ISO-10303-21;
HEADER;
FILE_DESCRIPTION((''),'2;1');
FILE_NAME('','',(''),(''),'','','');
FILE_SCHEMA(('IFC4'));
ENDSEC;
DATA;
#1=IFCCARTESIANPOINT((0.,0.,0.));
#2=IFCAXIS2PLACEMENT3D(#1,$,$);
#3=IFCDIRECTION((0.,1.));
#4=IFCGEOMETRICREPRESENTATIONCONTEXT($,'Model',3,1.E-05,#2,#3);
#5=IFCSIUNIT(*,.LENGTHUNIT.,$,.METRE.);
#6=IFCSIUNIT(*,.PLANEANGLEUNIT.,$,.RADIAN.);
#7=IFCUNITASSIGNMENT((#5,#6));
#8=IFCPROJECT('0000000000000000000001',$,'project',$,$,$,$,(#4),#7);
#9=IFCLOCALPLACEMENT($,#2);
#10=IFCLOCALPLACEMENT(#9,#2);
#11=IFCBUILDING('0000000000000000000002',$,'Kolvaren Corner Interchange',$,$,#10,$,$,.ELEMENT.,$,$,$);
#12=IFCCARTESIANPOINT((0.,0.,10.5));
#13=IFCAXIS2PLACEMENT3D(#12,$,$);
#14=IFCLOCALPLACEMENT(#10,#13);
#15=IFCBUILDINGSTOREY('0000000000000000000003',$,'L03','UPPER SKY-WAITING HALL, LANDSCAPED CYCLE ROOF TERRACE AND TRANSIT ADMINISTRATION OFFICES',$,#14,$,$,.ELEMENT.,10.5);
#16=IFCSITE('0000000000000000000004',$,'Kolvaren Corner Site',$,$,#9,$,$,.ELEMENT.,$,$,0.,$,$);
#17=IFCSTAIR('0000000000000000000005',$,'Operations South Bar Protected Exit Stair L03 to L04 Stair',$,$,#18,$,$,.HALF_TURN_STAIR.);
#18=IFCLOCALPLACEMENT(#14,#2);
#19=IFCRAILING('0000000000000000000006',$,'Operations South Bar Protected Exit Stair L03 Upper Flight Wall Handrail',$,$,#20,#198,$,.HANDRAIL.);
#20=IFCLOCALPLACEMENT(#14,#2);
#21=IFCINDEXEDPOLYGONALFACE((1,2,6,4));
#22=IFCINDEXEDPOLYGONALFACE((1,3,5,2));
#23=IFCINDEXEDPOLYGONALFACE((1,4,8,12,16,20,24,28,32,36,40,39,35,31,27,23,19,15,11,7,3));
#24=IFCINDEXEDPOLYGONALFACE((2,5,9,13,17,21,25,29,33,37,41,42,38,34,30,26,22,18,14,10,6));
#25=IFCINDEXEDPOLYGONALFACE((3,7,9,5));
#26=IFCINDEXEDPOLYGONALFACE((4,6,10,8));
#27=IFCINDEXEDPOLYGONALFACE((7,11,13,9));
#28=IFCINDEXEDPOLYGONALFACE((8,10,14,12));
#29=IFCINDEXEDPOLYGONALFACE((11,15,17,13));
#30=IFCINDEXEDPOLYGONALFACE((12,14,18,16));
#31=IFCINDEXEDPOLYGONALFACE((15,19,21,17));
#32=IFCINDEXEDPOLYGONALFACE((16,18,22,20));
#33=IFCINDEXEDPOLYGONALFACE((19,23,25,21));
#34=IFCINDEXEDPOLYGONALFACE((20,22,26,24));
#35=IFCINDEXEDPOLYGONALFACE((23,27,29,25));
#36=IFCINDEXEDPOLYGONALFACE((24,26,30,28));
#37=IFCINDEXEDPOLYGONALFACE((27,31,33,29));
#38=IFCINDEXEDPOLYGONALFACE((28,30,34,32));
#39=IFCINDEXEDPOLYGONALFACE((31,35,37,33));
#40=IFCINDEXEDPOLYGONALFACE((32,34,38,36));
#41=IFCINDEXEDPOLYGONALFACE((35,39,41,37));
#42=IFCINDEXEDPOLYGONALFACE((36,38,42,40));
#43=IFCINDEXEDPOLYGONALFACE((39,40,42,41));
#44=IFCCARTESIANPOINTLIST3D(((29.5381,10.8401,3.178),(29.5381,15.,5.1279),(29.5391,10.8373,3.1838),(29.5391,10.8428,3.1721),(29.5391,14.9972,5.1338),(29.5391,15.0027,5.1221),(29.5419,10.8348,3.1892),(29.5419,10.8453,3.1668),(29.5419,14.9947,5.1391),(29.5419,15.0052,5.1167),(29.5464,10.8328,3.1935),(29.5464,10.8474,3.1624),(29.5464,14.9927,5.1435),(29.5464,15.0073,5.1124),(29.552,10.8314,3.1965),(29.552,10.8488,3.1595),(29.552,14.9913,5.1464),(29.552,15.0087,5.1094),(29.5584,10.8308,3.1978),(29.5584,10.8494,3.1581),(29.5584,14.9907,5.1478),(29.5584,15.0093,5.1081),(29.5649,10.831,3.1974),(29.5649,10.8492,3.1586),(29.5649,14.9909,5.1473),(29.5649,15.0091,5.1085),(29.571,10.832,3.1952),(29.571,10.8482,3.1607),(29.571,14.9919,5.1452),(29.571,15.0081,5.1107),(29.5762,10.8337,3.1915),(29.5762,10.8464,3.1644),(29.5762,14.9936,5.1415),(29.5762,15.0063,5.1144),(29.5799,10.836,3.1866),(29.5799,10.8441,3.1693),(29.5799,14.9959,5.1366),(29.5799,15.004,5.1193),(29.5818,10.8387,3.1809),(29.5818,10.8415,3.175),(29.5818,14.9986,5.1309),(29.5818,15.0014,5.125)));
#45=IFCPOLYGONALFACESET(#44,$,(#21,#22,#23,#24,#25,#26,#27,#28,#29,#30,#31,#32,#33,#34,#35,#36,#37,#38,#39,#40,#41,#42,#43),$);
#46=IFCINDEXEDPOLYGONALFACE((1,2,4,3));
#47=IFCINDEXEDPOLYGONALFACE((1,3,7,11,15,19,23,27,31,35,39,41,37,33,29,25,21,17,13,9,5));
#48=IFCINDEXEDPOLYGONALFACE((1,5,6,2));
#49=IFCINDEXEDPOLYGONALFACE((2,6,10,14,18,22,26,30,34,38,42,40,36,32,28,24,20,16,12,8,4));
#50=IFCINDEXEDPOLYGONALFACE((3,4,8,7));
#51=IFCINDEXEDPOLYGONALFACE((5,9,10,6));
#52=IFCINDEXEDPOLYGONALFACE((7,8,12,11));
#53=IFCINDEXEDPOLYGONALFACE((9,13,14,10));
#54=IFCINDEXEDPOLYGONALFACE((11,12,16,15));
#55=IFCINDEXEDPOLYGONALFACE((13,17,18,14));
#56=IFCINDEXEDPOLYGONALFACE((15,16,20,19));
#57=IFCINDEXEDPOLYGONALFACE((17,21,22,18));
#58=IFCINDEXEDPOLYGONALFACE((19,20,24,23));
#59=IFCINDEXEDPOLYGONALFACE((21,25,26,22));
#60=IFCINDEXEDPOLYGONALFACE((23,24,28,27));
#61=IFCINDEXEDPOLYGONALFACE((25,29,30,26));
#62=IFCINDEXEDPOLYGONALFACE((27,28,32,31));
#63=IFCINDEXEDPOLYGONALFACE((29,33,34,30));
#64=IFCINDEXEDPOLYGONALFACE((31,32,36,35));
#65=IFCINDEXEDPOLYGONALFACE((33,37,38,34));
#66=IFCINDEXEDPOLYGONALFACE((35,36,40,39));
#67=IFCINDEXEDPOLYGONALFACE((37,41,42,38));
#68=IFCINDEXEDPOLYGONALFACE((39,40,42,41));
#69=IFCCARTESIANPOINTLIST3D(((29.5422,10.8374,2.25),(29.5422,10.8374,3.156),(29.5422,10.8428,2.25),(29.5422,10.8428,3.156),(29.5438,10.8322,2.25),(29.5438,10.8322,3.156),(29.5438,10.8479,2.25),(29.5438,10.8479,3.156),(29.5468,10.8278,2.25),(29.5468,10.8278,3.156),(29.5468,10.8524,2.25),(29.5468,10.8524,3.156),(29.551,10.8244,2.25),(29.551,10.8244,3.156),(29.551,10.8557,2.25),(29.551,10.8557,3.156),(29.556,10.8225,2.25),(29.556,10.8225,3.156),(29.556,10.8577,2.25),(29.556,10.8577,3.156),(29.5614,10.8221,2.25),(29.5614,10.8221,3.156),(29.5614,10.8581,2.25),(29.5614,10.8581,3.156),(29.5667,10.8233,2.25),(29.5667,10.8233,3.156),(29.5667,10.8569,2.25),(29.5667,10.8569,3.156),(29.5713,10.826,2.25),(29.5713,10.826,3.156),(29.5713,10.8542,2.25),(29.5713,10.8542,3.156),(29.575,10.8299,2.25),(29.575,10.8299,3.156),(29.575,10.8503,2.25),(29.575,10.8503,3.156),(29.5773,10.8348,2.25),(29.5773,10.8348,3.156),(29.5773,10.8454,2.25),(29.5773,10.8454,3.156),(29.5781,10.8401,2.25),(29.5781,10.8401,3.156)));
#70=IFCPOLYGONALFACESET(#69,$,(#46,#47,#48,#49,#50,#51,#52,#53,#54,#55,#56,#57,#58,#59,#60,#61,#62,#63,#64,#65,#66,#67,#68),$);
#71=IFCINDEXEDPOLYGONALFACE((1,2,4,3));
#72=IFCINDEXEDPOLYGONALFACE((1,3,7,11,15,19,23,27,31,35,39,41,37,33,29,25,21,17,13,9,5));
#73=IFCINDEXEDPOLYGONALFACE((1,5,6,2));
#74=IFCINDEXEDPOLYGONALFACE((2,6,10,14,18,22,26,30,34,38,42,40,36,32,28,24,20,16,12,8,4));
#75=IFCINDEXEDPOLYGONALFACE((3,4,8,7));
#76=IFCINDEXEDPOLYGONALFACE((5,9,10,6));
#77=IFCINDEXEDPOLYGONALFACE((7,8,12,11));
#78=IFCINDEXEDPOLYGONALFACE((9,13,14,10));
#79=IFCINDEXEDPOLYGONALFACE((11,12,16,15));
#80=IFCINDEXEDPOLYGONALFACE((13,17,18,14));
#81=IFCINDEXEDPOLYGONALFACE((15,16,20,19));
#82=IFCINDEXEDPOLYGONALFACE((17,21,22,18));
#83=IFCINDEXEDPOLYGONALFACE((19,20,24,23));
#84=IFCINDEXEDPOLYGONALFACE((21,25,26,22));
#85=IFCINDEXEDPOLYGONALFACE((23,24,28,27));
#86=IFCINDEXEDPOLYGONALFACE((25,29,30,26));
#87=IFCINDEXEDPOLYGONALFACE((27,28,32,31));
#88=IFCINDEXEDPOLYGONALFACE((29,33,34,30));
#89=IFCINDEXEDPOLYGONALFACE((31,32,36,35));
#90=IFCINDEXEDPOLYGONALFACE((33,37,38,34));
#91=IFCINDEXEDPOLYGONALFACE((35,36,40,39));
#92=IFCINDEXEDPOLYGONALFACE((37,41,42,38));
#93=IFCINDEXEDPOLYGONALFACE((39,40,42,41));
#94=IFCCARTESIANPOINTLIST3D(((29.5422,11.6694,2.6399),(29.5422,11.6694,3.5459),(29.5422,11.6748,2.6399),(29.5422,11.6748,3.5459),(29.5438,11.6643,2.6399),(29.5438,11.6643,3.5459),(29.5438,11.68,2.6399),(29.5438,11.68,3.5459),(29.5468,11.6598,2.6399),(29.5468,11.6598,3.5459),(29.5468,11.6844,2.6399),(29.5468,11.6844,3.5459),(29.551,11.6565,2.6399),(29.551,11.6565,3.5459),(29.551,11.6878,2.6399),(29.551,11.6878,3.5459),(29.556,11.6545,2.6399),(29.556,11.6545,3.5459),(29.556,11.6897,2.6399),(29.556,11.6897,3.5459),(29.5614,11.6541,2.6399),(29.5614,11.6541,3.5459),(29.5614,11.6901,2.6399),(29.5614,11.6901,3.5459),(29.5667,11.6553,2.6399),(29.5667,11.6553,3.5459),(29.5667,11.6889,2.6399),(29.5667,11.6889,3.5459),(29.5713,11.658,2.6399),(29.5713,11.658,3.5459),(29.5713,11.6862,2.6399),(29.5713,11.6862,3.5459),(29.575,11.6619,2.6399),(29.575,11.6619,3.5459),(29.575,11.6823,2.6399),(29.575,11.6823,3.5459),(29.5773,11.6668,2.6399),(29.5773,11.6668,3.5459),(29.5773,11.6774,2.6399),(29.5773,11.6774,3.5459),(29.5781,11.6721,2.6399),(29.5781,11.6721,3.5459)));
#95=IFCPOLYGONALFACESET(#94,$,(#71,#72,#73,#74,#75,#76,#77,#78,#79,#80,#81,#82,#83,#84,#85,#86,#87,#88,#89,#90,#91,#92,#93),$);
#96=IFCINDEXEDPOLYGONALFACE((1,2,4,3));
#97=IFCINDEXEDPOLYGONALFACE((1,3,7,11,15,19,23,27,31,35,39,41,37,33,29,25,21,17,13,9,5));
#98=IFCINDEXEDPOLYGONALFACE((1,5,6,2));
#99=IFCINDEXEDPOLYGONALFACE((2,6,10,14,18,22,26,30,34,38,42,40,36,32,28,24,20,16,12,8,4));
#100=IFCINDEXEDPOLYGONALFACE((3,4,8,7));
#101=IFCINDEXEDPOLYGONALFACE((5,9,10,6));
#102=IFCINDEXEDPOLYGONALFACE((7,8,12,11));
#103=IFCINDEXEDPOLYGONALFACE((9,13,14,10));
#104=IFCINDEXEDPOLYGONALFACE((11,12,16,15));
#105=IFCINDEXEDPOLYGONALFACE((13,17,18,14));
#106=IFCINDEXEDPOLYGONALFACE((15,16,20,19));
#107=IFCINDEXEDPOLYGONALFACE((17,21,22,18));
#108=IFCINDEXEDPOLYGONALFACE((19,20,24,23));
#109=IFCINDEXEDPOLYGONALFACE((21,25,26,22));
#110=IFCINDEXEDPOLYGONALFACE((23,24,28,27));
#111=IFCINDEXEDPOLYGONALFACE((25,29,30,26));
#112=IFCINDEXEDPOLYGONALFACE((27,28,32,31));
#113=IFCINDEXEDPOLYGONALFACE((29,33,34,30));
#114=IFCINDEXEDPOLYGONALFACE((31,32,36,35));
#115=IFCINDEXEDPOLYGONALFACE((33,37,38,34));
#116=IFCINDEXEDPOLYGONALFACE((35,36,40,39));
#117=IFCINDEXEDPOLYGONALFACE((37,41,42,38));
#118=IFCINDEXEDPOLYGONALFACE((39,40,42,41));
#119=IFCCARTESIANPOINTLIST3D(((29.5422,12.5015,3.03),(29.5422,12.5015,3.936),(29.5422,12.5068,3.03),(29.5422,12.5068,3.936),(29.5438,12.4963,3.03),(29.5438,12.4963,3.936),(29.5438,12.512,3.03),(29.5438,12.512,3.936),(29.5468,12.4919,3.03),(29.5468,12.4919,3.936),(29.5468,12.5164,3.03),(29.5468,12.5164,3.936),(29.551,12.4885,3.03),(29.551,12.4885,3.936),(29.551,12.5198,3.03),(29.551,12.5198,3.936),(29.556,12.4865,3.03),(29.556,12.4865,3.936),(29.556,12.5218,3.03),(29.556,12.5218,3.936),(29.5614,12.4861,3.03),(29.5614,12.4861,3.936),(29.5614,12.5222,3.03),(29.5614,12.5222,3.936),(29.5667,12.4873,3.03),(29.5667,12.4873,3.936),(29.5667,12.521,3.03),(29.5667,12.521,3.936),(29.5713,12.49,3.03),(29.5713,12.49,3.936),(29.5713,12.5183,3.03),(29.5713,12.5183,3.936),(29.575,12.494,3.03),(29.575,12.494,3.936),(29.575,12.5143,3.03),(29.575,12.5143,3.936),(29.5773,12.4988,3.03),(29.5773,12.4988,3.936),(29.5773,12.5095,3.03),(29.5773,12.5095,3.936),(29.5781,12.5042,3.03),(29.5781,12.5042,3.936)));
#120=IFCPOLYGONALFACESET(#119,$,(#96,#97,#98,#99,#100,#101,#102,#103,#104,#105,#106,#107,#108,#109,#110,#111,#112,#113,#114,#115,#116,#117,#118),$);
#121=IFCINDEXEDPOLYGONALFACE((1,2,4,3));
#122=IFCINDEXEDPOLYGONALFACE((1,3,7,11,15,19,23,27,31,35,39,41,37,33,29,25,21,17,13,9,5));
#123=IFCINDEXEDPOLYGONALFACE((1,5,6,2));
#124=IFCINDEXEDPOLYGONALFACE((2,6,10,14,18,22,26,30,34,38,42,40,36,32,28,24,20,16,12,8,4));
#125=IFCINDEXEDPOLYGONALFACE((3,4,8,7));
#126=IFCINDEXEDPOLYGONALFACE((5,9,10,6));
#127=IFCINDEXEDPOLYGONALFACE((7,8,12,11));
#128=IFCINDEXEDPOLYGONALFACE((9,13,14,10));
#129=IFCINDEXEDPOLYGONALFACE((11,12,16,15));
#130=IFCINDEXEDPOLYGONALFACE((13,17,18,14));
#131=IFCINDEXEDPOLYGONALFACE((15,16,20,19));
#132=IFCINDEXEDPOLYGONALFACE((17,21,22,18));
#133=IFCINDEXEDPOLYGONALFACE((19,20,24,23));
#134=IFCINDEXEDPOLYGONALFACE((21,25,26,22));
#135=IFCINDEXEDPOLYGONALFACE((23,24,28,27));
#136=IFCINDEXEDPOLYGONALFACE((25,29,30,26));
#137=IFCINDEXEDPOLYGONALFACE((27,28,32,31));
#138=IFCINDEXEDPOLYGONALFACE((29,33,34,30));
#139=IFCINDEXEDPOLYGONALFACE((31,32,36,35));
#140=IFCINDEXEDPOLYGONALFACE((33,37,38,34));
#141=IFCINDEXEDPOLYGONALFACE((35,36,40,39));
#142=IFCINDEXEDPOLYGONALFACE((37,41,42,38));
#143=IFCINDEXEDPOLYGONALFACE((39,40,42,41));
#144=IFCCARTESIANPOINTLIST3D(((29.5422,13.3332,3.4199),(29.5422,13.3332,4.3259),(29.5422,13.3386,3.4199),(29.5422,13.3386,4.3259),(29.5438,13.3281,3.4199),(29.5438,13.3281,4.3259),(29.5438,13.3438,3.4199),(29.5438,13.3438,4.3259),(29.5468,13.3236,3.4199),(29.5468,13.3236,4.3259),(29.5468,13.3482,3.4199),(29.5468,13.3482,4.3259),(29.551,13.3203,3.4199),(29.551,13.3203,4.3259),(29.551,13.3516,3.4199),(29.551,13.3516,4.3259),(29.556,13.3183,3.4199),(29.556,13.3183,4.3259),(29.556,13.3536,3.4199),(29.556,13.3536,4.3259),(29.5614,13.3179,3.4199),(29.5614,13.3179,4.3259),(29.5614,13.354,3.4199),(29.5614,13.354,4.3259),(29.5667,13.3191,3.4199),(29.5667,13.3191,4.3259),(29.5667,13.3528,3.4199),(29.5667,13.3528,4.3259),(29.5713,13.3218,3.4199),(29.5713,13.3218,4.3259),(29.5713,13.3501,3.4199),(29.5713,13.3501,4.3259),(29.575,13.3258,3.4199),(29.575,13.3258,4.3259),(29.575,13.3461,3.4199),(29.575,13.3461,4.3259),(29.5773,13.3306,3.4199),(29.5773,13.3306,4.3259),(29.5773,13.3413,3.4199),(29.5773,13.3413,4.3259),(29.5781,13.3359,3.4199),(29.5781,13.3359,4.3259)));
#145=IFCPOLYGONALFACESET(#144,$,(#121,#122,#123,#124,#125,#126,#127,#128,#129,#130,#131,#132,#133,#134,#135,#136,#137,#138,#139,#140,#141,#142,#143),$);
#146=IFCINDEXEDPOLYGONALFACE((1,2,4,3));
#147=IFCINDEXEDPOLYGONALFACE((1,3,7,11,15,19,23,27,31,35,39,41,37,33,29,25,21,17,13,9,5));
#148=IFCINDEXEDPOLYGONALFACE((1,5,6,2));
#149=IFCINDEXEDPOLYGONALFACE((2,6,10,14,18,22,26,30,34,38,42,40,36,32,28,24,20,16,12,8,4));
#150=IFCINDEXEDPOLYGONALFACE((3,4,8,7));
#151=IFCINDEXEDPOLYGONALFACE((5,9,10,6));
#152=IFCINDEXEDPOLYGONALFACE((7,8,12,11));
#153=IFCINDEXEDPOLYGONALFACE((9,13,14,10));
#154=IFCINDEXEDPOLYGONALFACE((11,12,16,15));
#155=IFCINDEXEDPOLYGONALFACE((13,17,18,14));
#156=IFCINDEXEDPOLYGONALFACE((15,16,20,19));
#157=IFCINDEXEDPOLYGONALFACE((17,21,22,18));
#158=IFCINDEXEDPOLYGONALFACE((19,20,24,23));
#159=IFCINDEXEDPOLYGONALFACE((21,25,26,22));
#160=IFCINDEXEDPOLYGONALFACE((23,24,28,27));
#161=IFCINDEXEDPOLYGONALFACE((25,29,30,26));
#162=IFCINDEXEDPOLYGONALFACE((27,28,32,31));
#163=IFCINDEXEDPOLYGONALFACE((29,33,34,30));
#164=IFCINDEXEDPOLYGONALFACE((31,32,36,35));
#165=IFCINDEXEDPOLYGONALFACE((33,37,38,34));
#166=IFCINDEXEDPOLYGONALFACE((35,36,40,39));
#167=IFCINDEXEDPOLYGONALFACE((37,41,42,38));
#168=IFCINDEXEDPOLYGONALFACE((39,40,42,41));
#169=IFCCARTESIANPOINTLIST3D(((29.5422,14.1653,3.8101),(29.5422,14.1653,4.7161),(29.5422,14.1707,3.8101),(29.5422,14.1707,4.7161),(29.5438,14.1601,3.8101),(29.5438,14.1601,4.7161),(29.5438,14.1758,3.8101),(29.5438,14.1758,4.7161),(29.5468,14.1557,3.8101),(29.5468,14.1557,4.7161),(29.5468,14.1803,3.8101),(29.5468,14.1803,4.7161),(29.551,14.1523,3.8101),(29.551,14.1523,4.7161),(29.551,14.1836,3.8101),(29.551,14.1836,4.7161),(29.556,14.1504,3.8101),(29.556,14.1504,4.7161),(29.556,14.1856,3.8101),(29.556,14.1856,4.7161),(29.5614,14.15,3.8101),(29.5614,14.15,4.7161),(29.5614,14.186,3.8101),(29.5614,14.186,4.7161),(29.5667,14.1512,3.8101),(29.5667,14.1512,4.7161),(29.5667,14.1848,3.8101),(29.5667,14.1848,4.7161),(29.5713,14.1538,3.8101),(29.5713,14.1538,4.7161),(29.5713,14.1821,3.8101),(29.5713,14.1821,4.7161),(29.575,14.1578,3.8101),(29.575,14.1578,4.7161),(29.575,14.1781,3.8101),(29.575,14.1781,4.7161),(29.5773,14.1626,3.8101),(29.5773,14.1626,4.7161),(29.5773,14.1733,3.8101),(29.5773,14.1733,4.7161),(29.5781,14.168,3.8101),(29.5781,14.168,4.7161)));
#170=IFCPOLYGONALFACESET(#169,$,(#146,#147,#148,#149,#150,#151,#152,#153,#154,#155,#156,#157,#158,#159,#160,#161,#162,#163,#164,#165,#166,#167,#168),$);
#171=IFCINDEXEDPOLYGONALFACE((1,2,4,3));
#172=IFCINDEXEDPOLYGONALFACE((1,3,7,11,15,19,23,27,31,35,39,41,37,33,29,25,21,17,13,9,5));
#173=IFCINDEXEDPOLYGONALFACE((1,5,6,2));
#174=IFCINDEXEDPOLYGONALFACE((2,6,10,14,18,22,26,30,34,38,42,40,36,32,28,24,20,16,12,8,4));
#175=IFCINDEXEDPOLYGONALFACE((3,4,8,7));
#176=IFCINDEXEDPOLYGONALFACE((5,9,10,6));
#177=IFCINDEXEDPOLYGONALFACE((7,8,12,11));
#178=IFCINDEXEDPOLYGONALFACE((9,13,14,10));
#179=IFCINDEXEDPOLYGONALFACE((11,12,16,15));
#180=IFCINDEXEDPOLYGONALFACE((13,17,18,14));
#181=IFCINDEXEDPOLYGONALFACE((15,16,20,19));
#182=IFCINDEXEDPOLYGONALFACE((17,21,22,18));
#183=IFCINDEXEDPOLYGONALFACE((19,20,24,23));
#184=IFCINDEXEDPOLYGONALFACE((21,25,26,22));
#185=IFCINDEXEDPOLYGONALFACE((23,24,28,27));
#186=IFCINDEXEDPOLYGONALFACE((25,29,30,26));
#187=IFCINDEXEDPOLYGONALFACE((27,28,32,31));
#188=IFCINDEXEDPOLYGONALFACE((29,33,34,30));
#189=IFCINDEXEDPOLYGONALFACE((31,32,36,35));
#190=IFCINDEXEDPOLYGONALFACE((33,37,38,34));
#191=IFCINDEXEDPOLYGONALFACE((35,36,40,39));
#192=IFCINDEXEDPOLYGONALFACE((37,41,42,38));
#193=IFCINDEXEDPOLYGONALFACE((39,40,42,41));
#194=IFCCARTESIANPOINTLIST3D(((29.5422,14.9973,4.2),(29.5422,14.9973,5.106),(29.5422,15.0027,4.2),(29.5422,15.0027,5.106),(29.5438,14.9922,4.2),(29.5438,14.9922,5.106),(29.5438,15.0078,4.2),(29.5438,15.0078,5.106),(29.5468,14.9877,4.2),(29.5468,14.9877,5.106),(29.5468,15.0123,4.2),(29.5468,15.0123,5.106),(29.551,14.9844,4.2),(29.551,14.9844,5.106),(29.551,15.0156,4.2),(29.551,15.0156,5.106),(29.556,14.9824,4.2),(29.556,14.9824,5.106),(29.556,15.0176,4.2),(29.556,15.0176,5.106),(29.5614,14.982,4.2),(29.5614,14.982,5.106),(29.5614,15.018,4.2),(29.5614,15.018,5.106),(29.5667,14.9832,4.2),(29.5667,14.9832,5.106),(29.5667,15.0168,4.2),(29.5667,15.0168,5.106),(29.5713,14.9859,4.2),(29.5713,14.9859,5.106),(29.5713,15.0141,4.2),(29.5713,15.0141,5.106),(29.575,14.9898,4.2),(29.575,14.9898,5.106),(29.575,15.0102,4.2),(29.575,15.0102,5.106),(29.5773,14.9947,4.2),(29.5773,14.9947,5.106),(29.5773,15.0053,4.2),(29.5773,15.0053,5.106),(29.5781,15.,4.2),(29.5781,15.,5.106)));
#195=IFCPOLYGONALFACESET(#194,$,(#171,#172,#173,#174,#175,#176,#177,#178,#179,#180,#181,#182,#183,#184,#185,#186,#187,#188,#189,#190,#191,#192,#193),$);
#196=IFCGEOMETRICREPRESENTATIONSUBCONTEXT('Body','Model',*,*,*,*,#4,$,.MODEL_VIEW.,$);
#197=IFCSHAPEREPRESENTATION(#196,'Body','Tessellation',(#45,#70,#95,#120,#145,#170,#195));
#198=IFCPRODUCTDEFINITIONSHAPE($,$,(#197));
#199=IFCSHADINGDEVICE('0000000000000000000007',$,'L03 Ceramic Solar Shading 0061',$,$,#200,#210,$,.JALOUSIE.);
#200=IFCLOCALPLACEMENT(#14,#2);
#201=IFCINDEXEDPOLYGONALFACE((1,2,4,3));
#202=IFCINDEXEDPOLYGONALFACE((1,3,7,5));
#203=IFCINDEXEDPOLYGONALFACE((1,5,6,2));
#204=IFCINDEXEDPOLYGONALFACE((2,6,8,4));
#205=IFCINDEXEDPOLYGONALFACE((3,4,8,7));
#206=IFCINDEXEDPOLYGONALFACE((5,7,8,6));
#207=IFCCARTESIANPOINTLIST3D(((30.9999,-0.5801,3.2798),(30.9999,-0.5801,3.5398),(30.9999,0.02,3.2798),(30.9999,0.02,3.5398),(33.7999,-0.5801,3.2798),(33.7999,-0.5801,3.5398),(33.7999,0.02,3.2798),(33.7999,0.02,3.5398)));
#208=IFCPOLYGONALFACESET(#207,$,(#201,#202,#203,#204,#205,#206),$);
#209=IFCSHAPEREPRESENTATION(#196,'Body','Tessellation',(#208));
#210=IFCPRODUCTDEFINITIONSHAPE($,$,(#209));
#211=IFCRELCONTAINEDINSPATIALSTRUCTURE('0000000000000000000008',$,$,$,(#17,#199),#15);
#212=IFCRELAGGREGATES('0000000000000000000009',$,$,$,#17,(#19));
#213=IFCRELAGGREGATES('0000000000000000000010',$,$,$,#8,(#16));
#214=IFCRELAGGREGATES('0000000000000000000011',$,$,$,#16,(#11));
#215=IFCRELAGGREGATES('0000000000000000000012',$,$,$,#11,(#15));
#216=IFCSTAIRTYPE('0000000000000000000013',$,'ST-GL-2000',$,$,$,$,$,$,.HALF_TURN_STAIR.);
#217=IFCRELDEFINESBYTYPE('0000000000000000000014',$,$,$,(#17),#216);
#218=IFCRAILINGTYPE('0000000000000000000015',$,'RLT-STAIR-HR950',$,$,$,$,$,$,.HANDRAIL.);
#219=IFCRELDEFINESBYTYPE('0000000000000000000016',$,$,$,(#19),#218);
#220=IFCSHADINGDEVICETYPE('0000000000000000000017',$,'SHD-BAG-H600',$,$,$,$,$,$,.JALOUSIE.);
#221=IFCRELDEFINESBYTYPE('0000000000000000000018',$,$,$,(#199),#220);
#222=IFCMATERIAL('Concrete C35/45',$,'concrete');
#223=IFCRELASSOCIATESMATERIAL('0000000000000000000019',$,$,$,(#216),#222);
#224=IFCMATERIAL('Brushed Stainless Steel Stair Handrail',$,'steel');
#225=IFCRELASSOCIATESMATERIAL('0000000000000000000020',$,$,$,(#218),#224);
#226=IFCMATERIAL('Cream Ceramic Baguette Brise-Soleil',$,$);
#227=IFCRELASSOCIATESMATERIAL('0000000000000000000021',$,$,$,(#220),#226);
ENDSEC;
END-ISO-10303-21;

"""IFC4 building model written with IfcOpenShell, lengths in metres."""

from ifc_helpers import new_model, si_unit, direction, frame, origin, origin_2d, place, context, subcontext, project, spatial, rectangle, circle, extrude, material, type_object, element, aggregate, save


model = new_model("IFC4")

# Units and contexts
model_context = context("Model", 3, precision=1e-05, world=origin(), true_north=direction((0.0, 1.0)))
body_context = subcontext(model_context, "Body", "Model", "MODEL_VIEW")
ifc_project = project(units=[si_unit("LENGTHUNIT", "METRE"), si_unit("PLANEANGLEUNIT", "RADIAN")], contexts=[model_context])

# Site, building, storey
site_placement = place(None, origin())
site = spatial("IfcSite", under=ifc_project, at=site_placement, Name="Kolvaren Corner Site", CompositionType="ELEMENT", RefElevation=0.0)
building_placement = place(site_placement, origin())
building = spatial("IfcBuilding", under=site, at=building_placement, Name="Kolvaren Corner Interchange", CompositionType="ELEMENT")
storey_placement = place(building_placement, frame((0.0, 0.0, 10.5)))
storey = spatial("IfcBuildingStorey", under=building, at=storey_placement, Name="L03", Description="UPPER SKY-WAITING HALL, LANDSCAPED CYCLE ROOF TERRACE AND TRANSIT ADMINISTRATION OFFICES", CompositionType="ELEMENT", Elevation=10.5)

# Stair, railing
ifc_material_1 = material(Name="Concrete C35/45", Category="concrete")
stair_type = type_object("IfcStairType", Name="ST-GL-2000", PredefinedType="HALF_TURN_STAIR", material=ifc_material_1)
stair_placement = place(storey_placement, origin())
stair = element("IfcStair", 1, at=stair_placement, inside=storey, type_object=stair_type, Name="Operations South Bar Protected Exit Stair L03 to L04 Stair", PredefinedType="HALF_TURN_STAIR")
ifc_material_2 = material(Name="Brushed Stainless Steel Stair Handrail", Category="steel")
railing_type_1 = type_object("IfcRailingType", Name="RLT-STAIR-HR950", PredefinedType="HANDRAIL", material=ifc_material_2)
railing_1_placement = place(storey_placement, frame((29.5601, 10.8401, 2.25)))
railing_1 = element("IfcRailing", 2, at=railing_1_placement, type_object=railing_type_1, Name="Operations South Bar Protected Exit Stair L03 Upper Flight Wall Handrail", PredefinedType="HANDRAIL", context=body_context, shape_type="SweptSolid", body=[
    extrude(circle(Radius=0.022, at=origin_2d()), frame((0.0, 0.0, 0.928), z_axis=(0.0, 0.90546, 0.424433), x_axis=(-1.0, 0.0, 0.0)), (0.0, 0.0, 1.0), 4.5942),
    extrude(circle(Radius=0.0181, at=origin_2d()), origin(), (0.0, 0.0, 1.0), 0.906),
    extrude(circle(Radius=0.0181, at=origin_2d()), frame((0.0, 0.832, 0.3899)), (0.0, 0.0, 1.0), 0.906),
    extrude(circle(Radius=0.0181, at=origin_2d()), frame((0.0, 1.6641, 0.78)), (0.0, 0.0, 1.0), 0.906),
    extrude(circle(Radius=0.0181, at=origin_2d()), frame((0.0, 2.4958, 1.1699)), (0.0, 0.0, 1.0), 0.906),
    extrude(circle(Radius=0.0181, at=origin_2d()), frame((0.0, 3.3279, 1.5601)), (0.0, 0.0, 1.0), 0.906),
    extrude(circle(Radius=0.0181, at=origin_2d()), frame((0.0, 4.1599, 1.95)), (0.0, 0.0, 1.0), 0.906),
])
aggregate(stair, [railing_1])

# Shading device
ifc_material_3 = material(Name="Cream Ceramic Baguette Brise-Soleil")
shading_device_type_1 = type_object("IfcShadingDeviceType", Name="SHD-BAG-H600", PredefinedType="JALOUSIE", material=ifc_material_3)
shading_device_placement = place(storey_placement, frame((32.3999, -0.28, 3.2798), z_axis=(0.0, 0.0, 1.0), x_axis=(1.0, 0.0, 0.0)))
element("IfcShadingDevice", 3, at=shading_device_placement, inside=storey, type_object=shading_device_type_1, Name="L03 Ceramic Solar Shading 0061", PredefinedType="JALOUSIE", context=body_context, shape_type="SweptSolid", body=[
    extrude(rectangle(XDim=2.8, YDim=0.6001, at=origin_2d()), origin(), (0.0, 0.0, 1.0), 0.26),
])

save(model, "model.ifc")
